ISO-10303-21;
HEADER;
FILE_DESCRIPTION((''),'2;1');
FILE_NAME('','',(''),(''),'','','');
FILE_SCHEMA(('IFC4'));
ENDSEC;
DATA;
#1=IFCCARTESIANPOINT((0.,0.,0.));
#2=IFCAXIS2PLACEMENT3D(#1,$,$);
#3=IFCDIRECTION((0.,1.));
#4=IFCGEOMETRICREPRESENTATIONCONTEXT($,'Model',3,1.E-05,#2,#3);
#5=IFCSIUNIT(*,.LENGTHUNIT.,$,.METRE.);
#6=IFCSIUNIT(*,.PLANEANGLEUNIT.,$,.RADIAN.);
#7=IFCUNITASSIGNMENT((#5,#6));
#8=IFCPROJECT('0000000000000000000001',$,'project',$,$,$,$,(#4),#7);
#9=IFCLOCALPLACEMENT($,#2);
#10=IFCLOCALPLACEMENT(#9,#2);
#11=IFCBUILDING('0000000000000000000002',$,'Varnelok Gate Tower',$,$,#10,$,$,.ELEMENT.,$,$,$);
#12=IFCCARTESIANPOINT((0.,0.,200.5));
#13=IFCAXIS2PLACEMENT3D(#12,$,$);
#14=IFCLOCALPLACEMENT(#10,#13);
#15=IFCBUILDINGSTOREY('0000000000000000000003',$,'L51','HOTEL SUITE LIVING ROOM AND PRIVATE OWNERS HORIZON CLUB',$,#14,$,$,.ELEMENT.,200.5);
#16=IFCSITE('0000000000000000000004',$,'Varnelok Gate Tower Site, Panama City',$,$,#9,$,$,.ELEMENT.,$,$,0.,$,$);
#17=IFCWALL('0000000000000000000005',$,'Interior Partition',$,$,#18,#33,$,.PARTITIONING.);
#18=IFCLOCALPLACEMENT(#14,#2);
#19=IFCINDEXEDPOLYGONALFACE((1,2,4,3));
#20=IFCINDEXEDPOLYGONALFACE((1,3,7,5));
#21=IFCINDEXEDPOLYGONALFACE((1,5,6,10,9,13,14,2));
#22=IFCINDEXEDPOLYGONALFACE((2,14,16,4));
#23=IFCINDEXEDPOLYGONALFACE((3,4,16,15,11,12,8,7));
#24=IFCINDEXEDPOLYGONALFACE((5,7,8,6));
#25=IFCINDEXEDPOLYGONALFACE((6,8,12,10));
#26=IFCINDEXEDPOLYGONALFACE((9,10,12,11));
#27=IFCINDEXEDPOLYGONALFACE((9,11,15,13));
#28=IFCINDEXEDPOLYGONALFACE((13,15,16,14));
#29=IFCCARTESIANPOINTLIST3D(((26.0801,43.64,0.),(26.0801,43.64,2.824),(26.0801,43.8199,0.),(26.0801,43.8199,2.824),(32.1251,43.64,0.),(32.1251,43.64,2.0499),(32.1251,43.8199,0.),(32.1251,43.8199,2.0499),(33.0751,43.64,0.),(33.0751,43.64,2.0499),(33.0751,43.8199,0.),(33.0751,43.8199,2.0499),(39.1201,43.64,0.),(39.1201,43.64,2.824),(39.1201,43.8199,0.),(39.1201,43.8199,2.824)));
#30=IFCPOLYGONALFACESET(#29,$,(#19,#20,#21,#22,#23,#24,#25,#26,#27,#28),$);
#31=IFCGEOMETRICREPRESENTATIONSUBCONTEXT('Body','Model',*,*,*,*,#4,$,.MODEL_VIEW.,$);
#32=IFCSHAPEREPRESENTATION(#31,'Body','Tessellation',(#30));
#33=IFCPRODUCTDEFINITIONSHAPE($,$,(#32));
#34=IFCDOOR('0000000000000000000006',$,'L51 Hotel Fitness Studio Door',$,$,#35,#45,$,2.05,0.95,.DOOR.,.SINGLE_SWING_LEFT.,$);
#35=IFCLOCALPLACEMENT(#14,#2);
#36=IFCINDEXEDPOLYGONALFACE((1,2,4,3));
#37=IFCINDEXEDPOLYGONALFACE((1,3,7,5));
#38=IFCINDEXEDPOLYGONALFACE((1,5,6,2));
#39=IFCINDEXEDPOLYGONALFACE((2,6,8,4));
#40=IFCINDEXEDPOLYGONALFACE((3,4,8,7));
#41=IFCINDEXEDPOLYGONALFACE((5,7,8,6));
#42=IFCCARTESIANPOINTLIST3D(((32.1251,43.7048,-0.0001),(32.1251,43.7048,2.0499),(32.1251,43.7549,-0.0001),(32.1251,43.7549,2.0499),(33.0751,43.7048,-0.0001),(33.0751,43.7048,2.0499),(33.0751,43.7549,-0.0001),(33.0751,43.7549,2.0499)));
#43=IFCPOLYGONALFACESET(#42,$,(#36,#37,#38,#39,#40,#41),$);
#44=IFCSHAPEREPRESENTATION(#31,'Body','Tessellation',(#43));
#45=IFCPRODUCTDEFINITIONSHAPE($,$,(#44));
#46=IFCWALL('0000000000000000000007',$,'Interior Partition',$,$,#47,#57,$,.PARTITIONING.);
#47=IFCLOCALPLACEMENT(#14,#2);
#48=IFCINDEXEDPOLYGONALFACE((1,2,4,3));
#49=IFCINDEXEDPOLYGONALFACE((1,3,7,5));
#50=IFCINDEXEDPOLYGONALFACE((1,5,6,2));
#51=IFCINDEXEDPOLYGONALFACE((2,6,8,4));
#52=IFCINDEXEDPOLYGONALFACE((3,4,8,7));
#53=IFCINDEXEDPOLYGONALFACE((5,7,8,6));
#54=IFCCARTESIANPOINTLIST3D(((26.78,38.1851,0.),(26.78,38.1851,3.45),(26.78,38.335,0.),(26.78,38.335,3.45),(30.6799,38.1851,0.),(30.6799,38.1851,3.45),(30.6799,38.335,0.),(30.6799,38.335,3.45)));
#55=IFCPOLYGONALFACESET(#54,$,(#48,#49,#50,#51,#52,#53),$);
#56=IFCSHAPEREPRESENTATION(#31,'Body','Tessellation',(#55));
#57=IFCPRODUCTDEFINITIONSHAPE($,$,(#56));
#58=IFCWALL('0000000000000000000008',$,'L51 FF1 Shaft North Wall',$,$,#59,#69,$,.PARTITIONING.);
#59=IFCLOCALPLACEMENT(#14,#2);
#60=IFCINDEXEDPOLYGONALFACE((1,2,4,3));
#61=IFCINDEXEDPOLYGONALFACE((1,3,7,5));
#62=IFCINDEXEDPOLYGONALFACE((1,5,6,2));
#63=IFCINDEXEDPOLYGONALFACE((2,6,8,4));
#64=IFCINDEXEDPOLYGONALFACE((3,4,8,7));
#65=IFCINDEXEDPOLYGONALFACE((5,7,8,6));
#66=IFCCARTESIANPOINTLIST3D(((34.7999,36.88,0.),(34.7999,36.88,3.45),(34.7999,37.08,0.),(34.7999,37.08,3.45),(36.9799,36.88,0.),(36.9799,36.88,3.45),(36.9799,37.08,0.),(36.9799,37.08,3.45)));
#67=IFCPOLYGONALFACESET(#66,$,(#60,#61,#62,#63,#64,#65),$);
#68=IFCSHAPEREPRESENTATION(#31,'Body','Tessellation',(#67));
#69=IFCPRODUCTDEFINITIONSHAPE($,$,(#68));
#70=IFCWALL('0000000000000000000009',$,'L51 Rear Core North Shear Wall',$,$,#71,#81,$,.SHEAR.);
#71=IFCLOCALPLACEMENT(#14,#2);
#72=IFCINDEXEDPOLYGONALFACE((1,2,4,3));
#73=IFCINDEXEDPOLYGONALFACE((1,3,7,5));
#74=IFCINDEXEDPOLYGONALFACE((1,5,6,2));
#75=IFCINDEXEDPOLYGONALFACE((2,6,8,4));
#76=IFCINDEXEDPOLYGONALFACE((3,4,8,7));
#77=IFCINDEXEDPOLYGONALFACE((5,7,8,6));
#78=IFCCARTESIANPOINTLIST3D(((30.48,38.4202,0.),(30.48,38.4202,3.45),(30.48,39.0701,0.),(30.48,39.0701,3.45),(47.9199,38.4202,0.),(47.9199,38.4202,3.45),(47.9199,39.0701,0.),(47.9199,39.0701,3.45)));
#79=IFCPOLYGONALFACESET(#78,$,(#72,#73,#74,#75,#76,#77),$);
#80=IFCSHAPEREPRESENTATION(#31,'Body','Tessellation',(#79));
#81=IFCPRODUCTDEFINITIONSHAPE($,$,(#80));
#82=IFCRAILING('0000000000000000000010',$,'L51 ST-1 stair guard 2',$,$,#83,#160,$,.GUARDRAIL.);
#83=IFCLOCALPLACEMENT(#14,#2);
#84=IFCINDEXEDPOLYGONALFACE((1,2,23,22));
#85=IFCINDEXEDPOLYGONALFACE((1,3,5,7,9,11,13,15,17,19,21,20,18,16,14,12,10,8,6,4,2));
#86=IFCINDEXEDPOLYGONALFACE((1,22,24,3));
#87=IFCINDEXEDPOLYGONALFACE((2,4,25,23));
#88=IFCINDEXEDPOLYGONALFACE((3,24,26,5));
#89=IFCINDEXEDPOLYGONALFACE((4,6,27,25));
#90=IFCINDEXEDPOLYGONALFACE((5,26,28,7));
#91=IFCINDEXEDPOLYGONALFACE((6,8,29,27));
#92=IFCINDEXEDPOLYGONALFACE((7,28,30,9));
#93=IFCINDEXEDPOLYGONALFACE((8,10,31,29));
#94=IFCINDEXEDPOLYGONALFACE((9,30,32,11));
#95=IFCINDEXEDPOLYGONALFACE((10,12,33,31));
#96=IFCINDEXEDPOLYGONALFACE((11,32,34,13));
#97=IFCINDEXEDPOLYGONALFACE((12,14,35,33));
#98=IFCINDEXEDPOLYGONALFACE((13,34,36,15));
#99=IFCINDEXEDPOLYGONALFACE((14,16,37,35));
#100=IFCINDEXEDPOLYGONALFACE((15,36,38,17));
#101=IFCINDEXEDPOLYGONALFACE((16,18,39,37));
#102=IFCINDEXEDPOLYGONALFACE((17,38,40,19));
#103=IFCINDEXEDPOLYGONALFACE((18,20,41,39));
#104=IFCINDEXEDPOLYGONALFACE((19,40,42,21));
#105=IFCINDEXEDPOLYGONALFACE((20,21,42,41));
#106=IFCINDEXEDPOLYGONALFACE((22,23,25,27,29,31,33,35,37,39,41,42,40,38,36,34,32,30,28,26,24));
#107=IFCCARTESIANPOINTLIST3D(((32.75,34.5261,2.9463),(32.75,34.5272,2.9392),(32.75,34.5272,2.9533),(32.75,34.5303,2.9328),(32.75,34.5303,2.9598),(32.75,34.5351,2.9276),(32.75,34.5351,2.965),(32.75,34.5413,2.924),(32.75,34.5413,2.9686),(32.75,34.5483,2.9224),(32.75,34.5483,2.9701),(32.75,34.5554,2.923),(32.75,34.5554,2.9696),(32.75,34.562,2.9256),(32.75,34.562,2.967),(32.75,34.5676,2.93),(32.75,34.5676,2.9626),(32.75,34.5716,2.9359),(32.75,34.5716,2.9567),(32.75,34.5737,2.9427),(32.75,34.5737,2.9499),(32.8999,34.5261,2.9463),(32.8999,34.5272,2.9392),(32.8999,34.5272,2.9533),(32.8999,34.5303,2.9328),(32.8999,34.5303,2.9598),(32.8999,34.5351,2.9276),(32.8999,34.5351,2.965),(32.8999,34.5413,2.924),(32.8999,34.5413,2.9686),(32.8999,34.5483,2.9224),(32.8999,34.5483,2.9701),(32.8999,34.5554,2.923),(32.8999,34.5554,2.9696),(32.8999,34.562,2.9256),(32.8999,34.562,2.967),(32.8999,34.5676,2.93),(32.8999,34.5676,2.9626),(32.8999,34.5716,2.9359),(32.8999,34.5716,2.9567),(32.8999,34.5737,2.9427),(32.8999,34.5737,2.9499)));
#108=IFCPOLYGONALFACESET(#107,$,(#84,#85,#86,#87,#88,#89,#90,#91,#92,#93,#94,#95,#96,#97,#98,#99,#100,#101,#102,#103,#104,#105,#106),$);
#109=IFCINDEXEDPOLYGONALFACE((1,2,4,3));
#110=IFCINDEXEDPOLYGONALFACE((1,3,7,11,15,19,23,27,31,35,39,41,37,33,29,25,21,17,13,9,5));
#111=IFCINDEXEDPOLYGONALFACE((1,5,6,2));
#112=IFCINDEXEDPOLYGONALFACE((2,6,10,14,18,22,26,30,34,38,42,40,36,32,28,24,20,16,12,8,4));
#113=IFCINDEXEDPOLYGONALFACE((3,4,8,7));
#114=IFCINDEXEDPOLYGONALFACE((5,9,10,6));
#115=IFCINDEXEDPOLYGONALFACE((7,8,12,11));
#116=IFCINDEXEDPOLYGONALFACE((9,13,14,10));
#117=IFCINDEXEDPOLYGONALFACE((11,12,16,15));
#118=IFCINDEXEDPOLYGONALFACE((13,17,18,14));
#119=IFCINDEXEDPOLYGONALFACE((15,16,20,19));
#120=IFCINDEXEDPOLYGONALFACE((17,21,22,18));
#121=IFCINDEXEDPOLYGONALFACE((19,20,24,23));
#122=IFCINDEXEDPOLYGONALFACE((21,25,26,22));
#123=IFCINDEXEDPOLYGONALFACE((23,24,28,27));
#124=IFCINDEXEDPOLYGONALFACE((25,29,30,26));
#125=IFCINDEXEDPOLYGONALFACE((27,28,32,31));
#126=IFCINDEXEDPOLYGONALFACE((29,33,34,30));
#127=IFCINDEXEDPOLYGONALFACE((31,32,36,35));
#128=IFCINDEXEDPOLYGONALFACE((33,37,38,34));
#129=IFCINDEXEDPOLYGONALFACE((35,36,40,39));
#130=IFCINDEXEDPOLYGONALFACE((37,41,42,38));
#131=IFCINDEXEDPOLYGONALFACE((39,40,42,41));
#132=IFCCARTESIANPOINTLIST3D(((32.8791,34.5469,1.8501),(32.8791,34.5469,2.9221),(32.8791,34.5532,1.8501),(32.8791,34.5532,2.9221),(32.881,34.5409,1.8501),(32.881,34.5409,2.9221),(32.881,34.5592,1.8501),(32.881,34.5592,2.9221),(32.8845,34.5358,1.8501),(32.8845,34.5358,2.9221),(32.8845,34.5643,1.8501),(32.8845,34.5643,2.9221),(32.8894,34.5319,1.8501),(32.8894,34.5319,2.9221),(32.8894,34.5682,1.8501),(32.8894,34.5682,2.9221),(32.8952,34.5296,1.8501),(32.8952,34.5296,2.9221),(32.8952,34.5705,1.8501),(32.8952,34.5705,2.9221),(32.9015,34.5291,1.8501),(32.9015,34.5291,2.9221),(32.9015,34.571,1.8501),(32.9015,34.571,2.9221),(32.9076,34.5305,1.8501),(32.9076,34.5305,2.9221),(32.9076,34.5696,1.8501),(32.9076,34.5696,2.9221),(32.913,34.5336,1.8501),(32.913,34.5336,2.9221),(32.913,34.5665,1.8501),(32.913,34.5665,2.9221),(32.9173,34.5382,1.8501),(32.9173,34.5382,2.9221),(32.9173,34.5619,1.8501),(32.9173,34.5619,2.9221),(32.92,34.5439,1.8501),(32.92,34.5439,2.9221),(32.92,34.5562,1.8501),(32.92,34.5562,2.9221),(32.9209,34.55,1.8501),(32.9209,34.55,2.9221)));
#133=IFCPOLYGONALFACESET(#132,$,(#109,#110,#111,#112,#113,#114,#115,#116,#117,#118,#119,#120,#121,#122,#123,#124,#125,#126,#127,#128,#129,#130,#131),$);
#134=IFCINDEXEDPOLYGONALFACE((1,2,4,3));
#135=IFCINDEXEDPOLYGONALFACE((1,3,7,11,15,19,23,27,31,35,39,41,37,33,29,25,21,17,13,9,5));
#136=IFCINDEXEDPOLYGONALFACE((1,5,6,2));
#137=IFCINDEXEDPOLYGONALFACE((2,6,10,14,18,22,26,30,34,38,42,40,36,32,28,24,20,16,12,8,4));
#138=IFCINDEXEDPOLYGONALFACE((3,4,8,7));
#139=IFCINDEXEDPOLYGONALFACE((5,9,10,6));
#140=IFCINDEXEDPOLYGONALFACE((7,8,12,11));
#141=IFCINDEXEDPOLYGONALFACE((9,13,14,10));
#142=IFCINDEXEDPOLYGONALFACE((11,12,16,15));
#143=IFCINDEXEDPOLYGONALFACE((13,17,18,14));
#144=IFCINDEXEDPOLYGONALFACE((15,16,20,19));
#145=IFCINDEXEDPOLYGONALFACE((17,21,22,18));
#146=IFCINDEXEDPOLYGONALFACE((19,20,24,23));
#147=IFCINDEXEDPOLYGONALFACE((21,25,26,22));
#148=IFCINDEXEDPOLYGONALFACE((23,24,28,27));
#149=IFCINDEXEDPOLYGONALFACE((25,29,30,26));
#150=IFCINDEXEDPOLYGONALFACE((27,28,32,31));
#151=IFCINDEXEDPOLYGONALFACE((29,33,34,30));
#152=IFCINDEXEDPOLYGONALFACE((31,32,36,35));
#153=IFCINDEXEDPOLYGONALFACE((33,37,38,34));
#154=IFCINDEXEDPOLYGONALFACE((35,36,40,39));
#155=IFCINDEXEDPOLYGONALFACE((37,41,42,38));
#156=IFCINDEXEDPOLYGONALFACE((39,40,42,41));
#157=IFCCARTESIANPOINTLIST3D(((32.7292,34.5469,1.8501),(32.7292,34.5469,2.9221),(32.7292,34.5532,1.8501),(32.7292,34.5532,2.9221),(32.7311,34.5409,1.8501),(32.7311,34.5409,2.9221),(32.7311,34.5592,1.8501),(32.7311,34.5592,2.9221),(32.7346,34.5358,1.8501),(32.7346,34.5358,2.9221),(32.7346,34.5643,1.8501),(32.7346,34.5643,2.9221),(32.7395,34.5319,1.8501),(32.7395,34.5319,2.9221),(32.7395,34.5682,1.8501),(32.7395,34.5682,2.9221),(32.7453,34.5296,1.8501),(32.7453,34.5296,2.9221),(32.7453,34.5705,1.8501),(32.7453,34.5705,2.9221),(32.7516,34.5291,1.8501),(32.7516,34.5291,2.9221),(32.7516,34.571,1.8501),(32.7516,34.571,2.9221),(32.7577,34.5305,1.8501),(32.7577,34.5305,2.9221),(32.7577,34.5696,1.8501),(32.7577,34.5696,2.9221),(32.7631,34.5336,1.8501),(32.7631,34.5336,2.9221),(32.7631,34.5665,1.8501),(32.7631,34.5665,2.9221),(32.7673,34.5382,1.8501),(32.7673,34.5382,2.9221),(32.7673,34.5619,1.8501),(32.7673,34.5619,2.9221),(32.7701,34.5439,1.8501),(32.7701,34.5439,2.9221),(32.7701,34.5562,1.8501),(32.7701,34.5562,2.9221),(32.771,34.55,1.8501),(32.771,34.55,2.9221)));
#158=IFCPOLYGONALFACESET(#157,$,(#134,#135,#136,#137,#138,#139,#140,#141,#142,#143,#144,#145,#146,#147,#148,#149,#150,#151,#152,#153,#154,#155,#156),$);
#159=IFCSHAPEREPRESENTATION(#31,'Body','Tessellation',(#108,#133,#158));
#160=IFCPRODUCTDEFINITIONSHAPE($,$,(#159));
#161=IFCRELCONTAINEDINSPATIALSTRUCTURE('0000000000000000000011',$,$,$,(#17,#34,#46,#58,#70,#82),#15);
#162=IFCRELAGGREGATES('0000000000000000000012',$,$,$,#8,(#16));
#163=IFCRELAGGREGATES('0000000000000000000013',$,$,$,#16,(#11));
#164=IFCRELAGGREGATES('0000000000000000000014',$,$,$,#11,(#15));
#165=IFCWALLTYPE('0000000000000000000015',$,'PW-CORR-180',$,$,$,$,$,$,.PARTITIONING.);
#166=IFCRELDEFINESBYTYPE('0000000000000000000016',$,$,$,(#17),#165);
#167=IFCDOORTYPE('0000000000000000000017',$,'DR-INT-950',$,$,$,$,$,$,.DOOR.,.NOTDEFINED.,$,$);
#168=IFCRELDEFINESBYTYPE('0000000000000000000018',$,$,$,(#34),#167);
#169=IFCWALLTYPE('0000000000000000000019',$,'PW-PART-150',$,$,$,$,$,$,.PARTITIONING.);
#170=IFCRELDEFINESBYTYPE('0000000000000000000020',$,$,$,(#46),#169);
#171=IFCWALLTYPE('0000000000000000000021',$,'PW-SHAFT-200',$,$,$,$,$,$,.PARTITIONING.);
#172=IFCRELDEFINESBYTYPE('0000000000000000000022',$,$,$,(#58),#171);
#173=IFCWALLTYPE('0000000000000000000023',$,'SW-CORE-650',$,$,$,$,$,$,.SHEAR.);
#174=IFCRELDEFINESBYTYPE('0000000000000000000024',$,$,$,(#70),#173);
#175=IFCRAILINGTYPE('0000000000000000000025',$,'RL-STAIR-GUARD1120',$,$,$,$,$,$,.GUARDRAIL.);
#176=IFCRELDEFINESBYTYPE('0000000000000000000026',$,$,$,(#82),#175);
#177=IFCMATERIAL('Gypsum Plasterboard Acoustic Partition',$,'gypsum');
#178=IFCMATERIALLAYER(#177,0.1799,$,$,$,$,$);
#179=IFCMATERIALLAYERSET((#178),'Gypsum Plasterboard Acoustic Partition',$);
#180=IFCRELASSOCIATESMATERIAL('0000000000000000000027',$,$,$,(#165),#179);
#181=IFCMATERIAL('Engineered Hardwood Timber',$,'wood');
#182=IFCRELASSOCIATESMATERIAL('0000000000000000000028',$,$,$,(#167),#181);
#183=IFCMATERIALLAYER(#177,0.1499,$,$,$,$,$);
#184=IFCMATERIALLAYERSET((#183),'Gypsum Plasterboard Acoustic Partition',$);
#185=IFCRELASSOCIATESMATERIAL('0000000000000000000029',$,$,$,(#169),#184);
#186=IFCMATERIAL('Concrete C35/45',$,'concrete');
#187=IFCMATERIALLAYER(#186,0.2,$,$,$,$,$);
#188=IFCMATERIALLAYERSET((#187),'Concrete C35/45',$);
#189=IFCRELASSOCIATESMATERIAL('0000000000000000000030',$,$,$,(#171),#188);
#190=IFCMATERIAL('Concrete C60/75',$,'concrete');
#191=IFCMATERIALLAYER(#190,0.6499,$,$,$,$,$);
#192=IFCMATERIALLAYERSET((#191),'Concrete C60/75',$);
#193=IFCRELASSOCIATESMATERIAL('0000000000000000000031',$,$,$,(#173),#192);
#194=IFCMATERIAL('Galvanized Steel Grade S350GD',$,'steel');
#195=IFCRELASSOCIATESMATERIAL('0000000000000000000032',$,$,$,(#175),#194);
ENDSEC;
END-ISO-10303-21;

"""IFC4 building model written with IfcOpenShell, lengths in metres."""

from ifc_helpers import new_model, si_unit, direction, frame, frame_2d, origin, origin_2d, place, context, subcontext, project, spatial, rectangle, circle, extrude, material, layer, layer_set, type_object, element, fill, save


model = new_model("IFC4")

# Units and contexts
model_context = context("Model", 3, precision=1e-05, world=origin(), true_north=direction((0.0, 1.0)))
body_context = subcontext(model_context, "Body", "Model", "MODEL_VIEW")
ifc_project = project(units=[si_unit("LENGTHUNIT", "METRE"), si_unit("PLANEANGLEUNIT", "RADIAN")], contexts=[model_context])

# Site, building, storey
site_placement = place(None, origin())
site = spatial("IfcSite", under=ifc_project, at=site_placement, Name="Varnelok Gate Tower Site, Panama City", CompositionType="ELEMENT", RefElevation=0.0)
building_placement = place(site_placement, origin())
building = spatial("IfcBuilding", under=site, at=building_placement, Name="Varnelok Gate Tower", CompositionType="ELEMENT")
storey_placement = place(building_placement, frame((0.0, 0.0, 200.5)))
storey = spatial("IfcBuildingStorey", under=building, at=storey_placement, Name="L51", Description="HOTEL SUITE LIVING ROOM AND PRIVATE OWNERS HORIZON CLUB", CompositionType="ELEMENT", Elevation=200.5)

# Shared definitions
ifc_material_1 = material(Name="Concrete C60/75", Category="concrete")

# Wall, opening, door
ifc_material_2 = material(Name="Gypsum Plasterboard Acoustic Partition", Category="gypsum")
ifc_layer_1 = layer(ifc_material_2, 0.1799)
ifc_layer_set_1 = layer_set([ifc_layer_1], Name="Gypsum Plasterboard Acoustic Partition")
wall_type_1 = type_object("IfcWallType", Name="PW-CORR-180", PredefinedType="PARTITIONING", material=ifc_layer_set_1)
wall_1_placement = place(storey_placement, frame((26.0801, 43.73, 0.0), z_axis=(0.0, 0.0, 1.0), x_axis=(1.0, 0.0, 0.0)))
wall_1 = element("IfcWall", 1, at=wall_1_placement, inside=storey, type_object=wall_type_1, Name="Interior Partition", PredefinedType="PARTITIONING", context=body_context, shape_type="SweptSolid", body=[
    extrude(rectangle(XDim=13.04, YDim=0.1799, at=frame_2d((6.52, 0.0))), origin(), (0.0, 0.0, 1.0), 2.824),
])
opening_1_placement = place(wall_1_placement, frame((6.0449, 0.0, 0.0)))
opening_1 = element("IfcOpeningElement", 2, at=opening_1_placement, cuts=wall_1, PredefinedType="OPENING", context=body_context, shape_type="SweptSolid", body=[
    extrude(rectangle(XDim=0.95, YDim=2.05, at=frame_2d((0.4751, 1.0249))), frame((0.0, 0.0999, 0.0), z_axis=(0.0, -1.0, 0.0), x_axis=(1.0, 0.0, 0.0)), (0.0, 0.0, 1.0), 0.2),
])
ifc_material_3 = material(Name="Engineered Hardwood Timber", Category="wood")
door_type_1 = type_object("IfcDoorType", Name="DR-INT-950", OperationType="NOTDEFINED", PredefinedType="DOOR", material=ifc_material_3)
door_1_placement = place(opening_1_placement, origin())
door_1 = element("IfcDoor", 3, at=door_1_placement, inside=storey, type_object=door_type_1, Name="L51 Hotel Fitness Studio Door", OperationType="SINGLE_SWING_LEFT", OverallHeight=2.05, OverallWidth=0.95, PredefinedType="DOOR", context=body_context, shape_type="SweptSolid", body=[
    extrude(rectangle(XDim=0.95, YDim=2.05, at=frame_2d((0.4751, 1.0249))), frame((0.0, 0.0249, 0.0), z_axis=(0.0, -1.0, 0.0), x_axis=(1.0, 0.0, 0.0)), (0.0, 0.0, 1.0), 0.05),
])
fill(opening_1, door_1)

# Walls
ifc_layer_2 = layer(ifc_material_2, 0.1499)
ifc_layer_set_2 = layer_set([ifc_layer_2], Name="Gypsum Plasterboard Acoustic Partition")
wall_type_2 = type_object("IfcWallType", Name="PW-PART-150", PredefinedType="PARTITIONING", material=ifc_layer_set_2)
wall_2_placement = place(storey_placement, frame((26.78, 38.26, 0.0), z_axis=(0.0, 0.0, 1.0), x_axis=(1.0, 0.0, 0.0)))
element("IfcWall", 4, at=wall_2_placement, inside=storey, type_object=wall_type_2, Name="Interior Partition", PredefinedType="PARTITIONING", context=body_context, shape_type="SweptSolid", body=[
    extrude(rectangle(XDim=3.8999, YDim=0.1499, at=frame_2d((1.95, 0.0))), origin(), (0.0, 0.0, 1.0), 3.45),
])
ifc_material_4 = material(Name="Concrete C35/45", Category="concrete")
ifc_layer_3 = layer(ifc_material_4, 0.2)
ifc_layer_set_3 = layer_set([ifc_layer_3], Name="Concrete C35/45")
wall_type_3 = type_object("IfcWallType", Name="PW-SHAFT-200", PredefinedType="PARTITIONING", material=ifc_layer_set_3)
wall_3_placement = place(storey_placement, frame((34.8, 36.98, 0.0), z_axis=(0.0, 0.0, 1.0), x_axis=(1.0, 0.0, 0.0)))
element("IfcWall", 5, at=wall_3_placement, inside=storey, type_object=wall_type_3, Name="L51 FF1 Shaft North Wall", PredefinedType="PARTITIONING", context=body_context, shape_type="SweptSolid", body=[
    extrude(rectangle(XDim=2.1799, YDim=0.2, at=frame_2d((1.0898, 0.0))), origin(), (0.0, 0.0, 1.0), 3.45),
])
ifc_layer_4 = layer(ifc_material_1, 0.6499)
ifc_layer_set_4 = layer_set([ifc_layer_4], Name="Concrete C60/75")
wall_type_4 = type_object("IfcWallType", Name="SW-CORE-650", PredefinedType="SHEAR", material=ifc_layer_set_4)
wall_4_placement = place(storey_placement, frame((30.48, 38.7451, 0.0), z_axis=(0.0, 0.0, 1.0), x_axis=(1.0, 0.0, 0.0)))
element("IfcWall", 6, at=wall_4_placement, inside=storey, type_object=wall_type_4, Name="L51 Rear Core North Shear Wall", PredefinedType="SHEAR", context=body_context, shape_type="SweptSolid", body=[
    extrude(rectangle(XDim=17.4399, YDim=0.6499, at=frame_2d((8.72, 0.0))), origin(), (0.0, 0.0, 1.0), 3.45),
])

# Railing
ifc_material_5 = material(Name="Galvanized Steel Grade S350GD", Category="steel")
railing_type_1 = type_object("IfcRailingType", Name="RL-STAIR-GUARD1120", PredefinedType="GUARDRAIL", material=ifc_material_5)
railing_1_placement = place(storey_placement, frame((32.8999, 34.55, 1.8501)))
element("IfcRailing", 7, at=railing_1_placement, inside=storey, type_object=railing_type_1, Name="L51 ST-1 stair guard 2", PredefinedType="GUARDRAIL", context=body_context, shape_type="SweptSolid", body=[
    extrude(circle(Radius=0.0239, at=origin_2d()), frame((0.0, 0.0, 1.0962), z_axis=(-1.0, 0.0, 0.0), x_axis=(0.0, -1.0, 0.0)), (0.0, 0.0, 1.0), 0.1499),
    extrude(circle(Radius=0.021, at=origin_2d()), origin(), (0.0, 0.0, 1.0), 1.072),
    extrude(circle(Radius=0.021, at=origin_2d()), frame((-0.1499, 0.0, 0.0)), (0.0, 0.0, 1.0), 1.072),
])

save(model, "model.ifc")
